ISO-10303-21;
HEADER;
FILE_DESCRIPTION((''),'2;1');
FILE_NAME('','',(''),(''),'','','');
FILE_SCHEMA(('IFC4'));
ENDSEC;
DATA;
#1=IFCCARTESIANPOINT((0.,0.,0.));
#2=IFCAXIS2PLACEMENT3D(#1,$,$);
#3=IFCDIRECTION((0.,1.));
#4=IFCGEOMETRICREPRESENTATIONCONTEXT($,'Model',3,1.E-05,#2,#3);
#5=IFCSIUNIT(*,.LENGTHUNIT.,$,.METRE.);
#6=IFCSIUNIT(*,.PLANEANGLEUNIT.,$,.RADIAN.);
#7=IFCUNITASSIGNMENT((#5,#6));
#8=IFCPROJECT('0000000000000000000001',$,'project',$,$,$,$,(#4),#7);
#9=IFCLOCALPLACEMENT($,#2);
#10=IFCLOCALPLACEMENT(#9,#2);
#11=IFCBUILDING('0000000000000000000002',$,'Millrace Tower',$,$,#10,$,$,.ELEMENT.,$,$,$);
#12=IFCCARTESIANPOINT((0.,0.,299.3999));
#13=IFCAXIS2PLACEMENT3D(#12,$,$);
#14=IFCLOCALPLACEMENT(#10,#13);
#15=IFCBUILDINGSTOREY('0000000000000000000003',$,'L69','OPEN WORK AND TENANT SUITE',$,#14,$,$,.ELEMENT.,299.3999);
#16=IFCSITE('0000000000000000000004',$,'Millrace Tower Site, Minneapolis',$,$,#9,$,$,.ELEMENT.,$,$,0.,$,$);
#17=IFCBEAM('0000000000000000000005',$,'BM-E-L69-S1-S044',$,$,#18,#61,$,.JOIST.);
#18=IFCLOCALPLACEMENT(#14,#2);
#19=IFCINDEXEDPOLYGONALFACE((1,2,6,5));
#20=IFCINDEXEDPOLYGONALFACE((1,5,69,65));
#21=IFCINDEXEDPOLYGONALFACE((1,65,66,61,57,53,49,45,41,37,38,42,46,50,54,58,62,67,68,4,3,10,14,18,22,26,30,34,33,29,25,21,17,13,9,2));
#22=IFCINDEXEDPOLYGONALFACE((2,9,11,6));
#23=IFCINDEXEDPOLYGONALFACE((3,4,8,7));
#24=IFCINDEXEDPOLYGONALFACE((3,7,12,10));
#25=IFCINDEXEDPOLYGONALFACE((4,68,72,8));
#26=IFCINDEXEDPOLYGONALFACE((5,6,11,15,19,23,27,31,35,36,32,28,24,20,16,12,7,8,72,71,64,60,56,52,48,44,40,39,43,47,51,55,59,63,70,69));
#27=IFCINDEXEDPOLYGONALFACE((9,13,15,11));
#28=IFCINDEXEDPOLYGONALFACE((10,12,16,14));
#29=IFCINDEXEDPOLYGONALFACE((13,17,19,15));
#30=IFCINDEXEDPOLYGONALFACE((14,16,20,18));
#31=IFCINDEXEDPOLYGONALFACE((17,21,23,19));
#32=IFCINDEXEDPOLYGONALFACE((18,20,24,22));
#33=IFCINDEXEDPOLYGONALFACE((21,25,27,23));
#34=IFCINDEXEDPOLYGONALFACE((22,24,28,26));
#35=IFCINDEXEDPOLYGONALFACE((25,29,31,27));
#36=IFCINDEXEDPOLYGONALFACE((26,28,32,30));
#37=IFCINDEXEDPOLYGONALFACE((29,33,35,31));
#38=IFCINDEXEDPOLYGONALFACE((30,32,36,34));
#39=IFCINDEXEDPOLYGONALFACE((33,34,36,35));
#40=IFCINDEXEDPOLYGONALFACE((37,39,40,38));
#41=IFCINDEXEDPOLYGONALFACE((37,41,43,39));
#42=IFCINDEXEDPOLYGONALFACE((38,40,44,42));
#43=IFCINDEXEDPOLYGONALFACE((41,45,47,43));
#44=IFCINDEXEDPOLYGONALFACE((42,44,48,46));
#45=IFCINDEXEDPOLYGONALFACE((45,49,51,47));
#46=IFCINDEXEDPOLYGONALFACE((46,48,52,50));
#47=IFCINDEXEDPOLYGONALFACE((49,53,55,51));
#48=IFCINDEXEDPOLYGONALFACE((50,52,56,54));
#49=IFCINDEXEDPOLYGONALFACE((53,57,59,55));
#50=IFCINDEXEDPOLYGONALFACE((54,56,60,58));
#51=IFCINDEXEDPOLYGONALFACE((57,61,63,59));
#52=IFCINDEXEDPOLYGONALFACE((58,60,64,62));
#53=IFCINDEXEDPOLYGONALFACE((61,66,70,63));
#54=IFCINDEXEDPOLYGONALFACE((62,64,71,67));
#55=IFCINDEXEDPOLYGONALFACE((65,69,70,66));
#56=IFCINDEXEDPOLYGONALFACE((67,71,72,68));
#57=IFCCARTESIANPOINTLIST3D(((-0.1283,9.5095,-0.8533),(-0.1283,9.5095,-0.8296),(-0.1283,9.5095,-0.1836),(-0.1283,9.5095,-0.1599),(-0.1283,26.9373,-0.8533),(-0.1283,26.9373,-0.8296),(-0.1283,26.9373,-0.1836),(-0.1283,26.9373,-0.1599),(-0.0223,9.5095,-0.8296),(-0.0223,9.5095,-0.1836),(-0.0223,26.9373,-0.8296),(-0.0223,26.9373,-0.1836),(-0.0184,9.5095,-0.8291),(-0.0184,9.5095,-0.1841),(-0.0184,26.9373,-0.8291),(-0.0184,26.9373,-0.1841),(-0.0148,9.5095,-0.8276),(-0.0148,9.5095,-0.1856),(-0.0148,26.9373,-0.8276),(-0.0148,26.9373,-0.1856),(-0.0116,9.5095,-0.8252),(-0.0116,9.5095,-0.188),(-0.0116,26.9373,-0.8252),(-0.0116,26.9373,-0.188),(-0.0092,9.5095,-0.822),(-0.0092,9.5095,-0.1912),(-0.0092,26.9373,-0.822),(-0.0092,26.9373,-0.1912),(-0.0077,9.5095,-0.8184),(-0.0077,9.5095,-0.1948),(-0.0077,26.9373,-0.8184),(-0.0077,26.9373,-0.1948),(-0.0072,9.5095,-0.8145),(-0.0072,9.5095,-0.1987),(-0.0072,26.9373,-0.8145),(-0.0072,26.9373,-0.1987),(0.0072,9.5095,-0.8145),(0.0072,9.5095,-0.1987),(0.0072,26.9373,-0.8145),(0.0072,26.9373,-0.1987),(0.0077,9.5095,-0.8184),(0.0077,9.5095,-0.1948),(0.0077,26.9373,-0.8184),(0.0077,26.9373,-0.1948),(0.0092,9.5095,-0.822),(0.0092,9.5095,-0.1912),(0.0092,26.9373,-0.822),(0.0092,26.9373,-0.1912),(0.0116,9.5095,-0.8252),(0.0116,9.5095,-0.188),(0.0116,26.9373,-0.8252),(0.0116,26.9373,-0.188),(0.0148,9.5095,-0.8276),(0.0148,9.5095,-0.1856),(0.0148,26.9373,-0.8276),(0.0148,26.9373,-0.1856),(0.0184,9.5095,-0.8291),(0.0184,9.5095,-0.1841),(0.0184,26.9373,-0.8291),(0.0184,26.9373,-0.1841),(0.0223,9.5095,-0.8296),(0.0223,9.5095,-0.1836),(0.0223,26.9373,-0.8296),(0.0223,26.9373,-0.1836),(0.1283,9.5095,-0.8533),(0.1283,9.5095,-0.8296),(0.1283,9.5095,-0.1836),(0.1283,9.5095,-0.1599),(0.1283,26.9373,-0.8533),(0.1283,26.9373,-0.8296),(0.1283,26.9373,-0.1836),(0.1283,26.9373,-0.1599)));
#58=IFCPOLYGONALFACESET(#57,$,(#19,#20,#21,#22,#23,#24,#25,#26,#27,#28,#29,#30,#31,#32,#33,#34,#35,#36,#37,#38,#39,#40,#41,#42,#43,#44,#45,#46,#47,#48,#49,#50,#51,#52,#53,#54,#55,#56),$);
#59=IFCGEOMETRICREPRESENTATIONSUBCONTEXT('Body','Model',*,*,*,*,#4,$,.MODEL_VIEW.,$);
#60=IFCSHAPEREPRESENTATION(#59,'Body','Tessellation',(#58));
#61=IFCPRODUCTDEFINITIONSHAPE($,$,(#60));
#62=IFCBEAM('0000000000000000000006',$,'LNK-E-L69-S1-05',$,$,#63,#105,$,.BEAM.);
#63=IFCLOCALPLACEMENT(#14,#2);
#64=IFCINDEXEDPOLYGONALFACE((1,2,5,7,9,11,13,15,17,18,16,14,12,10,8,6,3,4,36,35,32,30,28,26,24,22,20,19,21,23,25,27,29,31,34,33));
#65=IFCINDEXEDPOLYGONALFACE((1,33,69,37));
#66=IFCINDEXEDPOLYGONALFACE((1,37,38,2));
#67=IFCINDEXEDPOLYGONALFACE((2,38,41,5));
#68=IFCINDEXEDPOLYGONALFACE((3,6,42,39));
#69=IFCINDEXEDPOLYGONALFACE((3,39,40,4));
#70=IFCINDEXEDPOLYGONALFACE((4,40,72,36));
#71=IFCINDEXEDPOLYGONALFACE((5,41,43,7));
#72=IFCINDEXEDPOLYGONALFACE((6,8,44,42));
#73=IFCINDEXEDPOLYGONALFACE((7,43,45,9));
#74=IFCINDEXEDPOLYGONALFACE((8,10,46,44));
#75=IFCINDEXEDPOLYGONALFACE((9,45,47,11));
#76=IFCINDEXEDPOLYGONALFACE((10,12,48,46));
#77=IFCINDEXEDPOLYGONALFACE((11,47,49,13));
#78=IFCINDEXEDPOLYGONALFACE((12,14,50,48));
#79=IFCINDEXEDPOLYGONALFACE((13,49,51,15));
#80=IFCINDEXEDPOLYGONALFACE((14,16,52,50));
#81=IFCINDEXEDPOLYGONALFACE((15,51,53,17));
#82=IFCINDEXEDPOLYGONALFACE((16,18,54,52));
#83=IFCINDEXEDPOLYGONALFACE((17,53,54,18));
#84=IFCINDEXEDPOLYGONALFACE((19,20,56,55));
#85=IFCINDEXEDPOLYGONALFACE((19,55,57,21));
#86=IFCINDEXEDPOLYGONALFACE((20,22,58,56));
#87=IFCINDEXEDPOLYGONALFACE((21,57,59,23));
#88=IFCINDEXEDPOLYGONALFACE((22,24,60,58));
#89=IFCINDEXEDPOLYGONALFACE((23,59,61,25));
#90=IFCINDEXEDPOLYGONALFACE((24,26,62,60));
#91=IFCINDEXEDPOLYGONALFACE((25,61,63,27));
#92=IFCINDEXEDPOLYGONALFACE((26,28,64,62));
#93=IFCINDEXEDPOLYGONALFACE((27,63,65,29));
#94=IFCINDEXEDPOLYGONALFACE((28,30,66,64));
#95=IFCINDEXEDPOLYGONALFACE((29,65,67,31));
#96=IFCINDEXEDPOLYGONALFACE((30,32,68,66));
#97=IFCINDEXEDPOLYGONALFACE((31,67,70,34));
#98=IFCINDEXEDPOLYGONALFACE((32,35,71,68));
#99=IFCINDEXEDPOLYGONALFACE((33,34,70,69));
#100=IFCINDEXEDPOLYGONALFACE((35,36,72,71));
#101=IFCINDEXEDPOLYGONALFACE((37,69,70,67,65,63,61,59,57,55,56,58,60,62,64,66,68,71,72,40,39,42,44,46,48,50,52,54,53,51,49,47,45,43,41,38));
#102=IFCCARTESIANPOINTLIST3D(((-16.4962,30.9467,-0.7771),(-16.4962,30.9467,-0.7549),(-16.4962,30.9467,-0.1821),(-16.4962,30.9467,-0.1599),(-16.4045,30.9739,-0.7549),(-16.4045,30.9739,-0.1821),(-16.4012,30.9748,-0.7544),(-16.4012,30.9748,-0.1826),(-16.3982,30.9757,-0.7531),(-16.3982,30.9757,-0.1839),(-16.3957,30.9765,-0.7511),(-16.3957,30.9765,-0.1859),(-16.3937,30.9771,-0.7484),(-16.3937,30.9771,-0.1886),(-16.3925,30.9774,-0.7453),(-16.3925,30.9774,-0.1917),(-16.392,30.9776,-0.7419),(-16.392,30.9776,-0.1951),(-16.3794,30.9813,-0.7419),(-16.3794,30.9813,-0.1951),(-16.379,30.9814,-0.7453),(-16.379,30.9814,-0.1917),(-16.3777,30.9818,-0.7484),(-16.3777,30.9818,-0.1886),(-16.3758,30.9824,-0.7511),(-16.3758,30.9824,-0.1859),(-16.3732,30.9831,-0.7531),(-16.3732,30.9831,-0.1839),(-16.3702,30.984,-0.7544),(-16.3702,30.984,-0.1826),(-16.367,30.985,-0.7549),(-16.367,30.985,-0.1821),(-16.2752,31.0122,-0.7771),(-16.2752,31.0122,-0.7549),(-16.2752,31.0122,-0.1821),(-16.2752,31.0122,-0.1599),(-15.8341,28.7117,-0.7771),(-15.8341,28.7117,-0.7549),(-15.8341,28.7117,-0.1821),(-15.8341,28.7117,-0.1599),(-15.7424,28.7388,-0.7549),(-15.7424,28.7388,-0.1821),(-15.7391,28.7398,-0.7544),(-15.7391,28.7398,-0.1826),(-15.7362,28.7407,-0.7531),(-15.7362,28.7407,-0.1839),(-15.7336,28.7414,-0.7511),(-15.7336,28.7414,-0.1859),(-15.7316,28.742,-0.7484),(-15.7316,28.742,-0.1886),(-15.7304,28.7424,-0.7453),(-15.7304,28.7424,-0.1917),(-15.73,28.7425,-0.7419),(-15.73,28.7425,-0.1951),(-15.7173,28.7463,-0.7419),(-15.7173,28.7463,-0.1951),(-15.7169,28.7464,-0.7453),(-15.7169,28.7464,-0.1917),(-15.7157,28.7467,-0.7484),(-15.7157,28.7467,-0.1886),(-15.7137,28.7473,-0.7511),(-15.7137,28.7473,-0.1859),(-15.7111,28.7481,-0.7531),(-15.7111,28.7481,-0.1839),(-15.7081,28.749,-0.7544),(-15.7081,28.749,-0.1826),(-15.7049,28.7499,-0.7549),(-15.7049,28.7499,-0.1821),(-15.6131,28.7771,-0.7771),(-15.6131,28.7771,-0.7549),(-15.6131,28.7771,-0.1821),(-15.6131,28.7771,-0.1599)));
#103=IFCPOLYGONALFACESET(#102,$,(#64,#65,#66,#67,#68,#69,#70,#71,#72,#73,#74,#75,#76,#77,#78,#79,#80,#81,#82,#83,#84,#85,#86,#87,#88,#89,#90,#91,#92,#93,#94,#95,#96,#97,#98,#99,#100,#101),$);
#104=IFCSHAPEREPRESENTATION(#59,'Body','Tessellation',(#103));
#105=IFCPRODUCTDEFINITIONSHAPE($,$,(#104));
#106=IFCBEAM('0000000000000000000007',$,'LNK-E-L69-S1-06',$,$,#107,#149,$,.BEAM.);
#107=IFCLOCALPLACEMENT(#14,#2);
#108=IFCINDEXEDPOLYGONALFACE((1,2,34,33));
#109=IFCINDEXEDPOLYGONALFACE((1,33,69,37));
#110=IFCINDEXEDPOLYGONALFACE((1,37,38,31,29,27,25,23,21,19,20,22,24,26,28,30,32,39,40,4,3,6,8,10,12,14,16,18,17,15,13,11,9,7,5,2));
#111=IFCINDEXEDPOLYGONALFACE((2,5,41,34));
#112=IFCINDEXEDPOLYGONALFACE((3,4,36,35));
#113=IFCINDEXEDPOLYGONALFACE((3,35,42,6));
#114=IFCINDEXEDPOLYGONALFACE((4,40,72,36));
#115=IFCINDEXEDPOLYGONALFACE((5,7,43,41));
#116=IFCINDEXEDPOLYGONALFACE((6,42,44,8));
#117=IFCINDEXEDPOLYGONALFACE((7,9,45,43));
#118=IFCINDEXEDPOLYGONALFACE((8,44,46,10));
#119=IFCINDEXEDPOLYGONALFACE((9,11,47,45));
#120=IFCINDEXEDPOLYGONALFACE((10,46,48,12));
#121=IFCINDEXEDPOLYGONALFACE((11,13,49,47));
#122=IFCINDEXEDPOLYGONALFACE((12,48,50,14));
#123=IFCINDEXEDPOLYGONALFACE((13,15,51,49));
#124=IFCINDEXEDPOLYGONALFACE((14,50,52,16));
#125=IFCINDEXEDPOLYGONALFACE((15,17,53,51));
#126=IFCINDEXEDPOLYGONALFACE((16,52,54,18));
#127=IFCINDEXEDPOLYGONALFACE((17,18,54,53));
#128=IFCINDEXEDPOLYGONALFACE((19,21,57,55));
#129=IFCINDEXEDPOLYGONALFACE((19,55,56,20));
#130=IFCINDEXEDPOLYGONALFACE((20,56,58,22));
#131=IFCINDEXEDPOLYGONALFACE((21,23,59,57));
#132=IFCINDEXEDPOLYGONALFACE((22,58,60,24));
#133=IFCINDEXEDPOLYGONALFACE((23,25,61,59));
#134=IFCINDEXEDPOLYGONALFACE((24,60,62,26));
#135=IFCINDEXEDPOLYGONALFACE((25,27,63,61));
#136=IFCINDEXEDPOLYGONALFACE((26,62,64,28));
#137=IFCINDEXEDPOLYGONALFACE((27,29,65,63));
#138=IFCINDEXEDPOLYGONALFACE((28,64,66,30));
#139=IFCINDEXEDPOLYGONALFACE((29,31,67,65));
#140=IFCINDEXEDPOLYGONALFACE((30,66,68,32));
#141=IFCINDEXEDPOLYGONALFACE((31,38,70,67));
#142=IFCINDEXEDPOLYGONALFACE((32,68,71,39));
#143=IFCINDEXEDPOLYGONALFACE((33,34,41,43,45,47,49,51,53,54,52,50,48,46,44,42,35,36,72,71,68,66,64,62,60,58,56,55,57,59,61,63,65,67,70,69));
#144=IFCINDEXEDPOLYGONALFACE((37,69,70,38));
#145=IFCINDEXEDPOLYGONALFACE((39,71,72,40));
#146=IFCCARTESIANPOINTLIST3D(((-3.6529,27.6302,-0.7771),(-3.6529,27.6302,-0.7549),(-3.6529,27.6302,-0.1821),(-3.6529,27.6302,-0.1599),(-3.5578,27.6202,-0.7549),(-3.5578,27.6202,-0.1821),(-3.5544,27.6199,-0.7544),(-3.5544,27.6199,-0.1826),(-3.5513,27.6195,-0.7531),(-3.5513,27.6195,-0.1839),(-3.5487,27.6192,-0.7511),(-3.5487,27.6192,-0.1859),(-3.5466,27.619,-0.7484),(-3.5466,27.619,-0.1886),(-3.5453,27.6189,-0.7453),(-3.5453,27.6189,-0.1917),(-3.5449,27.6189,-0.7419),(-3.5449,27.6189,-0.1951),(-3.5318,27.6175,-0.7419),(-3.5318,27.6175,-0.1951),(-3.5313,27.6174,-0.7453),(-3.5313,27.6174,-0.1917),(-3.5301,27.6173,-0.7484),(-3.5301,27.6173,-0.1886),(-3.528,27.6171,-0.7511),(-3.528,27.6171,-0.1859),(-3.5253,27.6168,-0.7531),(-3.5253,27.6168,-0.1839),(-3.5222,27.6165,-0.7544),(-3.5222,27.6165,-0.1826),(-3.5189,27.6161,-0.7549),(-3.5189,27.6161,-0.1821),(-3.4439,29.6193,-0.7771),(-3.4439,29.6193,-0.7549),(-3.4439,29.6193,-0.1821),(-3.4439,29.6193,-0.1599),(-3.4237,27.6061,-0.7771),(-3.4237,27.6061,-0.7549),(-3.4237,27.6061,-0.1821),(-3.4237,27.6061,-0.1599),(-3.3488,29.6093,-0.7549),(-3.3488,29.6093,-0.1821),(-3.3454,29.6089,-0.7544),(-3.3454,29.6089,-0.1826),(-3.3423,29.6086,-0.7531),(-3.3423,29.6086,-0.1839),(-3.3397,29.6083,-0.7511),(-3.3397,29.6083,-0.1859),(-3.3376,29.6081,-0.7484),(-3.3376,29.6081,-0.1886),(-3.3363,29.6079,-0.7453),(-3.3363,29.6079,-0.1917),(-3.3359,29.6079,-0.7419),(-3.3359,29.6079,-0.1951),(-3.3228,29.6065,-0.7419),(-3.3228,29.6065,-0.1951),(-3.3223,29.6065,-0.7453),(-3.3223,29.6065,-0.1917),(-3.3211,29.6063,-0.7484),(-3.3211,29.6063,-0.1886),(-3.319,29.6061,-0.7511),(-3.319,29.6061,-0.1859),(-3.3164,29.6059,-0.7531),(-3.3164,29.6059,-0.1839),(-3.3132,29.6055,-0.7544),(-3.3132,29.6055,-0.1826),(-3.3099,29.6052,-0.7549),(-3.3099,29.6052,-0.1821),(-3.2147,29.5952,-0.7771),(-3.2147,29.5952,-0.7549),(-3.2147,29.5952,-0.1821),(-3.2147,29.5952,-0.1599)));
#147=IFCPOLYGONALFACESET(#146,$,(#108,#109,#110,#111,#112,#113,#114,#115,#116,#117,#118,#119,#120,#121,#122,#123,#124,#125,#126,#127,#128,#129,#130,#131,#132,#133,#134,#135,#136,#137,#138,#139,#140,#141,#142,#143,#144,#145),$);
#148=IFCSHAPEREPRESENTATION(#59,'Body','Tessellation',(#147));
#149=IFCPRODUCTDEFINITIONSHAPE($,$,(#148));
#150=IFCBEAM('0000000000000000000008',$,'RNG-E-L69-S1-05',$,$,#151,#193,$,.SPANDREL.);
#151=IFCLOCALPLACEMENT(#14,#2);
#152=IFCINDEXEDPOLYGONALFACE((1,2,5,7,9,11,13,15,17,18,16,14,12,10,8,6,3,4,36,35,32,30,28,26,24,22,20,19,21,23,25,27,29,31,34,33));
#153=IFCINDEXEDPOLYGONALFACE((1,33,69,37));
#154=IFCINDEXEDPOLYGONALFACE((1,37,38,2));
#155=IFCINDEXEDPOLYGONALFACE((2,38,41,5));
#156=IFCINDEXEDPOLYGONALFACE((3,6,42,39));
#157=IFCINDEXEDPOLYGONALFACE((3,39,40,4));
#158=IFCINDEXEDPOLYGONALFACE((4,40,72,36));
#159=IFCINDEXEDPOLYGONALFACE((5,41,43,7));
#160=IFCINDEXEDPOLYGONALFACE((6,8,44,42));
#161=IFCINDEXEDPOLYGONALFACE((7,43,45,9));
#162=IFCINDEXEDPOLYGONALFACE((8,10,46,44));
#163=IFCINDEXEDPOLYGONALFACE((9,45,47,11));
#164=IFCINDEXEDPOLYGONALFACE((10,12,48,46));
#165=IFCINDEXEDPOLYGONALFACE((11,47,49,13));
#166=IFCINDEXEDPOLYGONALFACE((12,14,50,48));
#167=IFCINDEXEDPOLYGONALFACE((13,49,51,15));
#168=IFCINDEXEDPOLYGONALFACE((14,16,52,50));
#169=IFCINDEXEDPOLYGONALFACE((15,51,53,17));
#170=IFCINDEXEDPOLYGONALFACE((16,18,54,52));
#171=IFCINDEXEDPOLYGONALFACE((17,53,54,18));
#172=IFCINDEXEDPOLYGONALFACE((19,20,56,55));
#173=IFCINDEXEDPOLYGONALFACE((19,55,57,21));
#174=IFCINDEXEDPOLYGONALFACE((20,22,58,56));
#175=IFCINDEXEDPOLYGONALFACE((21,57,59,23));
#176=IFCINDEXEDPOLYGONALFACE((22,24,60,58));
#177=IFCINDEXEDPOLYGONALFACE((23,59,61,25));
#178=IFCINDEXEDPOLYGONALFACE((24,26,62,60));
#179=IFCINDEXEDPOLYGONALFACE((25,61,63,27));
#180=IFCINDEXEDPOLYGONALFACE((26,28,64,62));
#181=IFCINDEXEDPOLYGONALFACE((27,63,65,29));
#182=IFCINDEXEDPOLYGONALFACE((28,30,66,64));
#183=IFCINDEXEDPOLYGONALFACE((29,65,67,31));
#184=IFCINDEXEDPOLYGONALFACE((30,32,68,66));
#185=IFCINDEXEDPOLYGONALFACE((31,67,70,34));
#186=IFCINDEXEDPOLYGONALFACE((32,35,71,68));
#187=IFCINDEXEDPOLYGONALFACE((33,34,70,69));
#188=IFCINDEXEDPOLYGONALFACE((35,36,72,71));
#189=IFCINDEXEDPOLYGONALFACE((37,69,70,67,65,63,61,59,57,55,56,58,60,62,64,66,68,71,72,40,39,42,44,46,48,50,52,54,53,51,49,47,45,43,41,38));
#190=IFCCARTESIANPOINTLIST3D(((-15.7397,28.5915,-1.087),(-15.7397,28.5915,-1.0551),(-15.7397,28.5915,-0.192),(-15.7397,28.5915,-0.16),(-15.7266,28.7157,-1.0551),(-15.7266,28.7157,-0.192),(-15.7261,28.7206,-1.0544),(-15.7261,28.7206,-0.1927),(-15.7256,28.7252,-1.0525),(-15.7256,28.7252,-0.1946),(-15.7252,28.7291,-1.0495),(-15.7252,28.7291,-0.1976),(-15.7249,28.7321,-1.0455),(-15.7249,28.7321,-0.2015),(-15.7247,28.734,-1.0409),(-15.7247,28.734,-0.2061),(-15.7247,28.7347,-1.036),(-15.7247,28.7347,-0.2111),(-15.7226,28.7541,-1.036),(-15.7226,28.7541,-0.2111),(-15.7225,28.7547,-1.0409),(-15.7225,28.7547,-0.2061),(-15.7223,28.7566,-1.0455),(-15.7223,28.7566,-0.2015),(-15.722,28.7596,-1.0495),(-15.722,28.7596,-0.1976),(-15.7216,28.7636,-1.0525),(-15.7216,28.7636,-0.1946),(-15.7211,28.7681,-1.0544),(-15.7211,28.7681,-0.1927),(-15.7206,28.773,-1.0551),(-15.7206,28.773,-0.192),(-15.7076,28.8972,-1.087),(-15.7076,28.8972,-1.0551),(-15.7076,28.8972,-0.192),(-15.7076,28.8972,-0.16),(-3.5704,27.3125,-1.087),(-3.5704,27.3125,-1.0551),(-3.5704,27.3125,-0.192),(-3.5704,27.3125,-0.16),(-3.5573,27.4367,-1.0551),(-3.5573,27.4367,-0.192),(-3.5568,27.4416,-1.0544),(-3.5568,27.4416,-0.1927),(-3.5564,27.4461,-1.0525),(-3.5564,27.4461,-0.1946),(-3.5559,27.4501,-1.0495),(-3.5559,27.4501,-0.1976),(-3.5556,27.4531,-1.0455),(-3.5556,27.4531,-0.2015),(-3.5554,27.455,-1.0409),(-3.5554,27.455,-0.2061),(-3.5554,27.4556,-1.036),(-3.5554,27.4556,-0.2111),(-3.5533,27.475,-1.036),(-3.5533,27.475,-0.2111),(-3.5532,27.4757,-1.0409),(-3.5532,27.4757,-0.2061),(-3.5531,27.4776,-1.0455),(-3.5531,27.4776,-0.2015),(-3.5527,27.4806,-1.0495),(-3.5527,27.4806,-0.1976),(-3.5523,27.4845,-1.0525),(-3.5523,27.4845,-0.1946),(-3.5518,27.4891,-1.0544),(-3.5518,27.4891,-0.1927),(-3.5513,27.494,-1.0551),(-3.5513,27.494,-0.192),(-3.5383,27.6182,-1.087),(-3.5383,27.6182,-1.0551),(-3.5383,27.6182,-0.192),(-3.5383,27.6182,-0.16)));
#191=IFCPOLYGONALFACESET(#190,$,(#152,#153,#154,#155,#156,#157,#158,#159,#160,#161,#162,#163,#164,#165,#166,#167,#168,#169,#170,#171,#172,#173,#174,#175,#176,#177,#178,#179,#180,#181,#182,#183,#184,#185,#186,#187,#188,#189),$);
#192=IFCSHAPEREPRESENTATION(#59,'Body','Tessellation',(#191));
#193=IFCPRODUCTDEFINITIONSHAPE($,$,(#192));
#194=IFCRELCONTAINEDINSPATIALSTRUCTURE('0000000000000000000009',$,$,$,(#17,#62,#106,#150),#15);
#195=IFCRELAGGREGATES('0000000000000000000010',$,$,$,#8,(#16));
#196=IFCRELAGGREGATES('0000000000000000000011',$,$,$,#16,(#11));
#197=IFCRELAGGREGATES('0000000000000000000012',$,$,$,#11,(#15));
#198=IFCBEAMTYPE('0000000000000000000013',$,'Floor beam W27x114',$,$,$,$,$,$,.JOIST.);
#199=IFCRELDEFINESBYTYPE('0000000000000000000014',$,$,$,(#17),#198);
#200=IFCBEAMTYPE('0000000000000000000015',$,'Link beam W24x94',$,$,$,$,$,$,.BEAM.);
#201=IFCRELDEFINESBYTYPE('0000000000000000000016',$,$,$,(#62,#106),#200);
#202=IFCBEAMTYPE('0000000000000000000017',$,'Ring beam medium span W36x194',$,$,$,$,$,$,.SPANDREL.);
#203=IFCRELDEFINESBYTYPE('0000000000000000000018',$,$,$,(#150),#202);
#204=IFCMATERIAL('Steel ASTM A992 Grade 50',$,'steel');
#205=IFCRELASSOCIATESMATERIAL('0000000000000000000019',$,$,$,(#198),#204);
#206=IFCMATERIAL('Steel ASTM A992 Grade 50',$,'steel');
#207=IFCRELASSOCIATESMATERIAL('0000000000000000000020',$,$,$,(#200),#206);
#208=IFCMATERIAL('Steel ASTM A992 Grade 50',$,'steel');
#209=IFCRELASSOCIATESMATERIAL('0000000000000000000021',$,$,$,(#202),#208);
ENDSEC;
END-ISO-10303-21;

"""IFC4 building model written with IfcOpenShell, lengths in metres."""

from ifc_helpers import new_model, si_unit, direction, frame, origin, origin_2d, place, context, subcontext, project, spatial, i_section, extrude, material, material_profile, profile_set, type_object, element, save


model = new_model("IFC4")

# Units and contexts
model_context = context("Model", 3, precision=1e-05, world=origin(), true_north=direction((0.0, 1.0)))
body_context = subcontext(model_context, "Body", "Model", "MODEL_VIEW")
ifc_project = project(units=[si_unit("LENGTHUNIT", "METRE"), si_unit("PLANEANGLEUNIT", "RADIAN")], contexts=[model_context])

# Site, building, storey
site_placement = place(None, origin())
site = spatial("IfcSite", under=ifc_project, at=site_placement, Name="Millrace Tower Site, Minneapolis", CompositionType="ELEMENT", RefElevation=0.0)
building_placement = place(site_placement, origin())
building = spatial("IfcBuilding", under=site, at=building_placement, Name="Millrace Tower", CompositionType="ELEMENT")
storey_placement = place(building_placement, frame((0.0, 0.0, 299.3999)))
storey = spatial("IfcBuildingStorey", under=building, at=storey_placement, Name="L69", Description="OPEN WORK AND TENANT SUITE", CompositionType="ELEMENT", Elevation=299.3999)

# Beams
ifc_material_1 = material(Name="Steel ASTM A992 Grade 50", Category="steel")
ifc_material_profile_1 = material_profile(ifc_material_1, i_section(OverallWidth=0.2566, OverallDepth=0.6934, WebThickness=0.0144, FlangeThickness=0.0237, FilletRadius=0.0151, at=origin_2d()))
ifc_profile_set_1 = profile_set([ifc_material_profile_1], Name="Steel ASTM A992 Grade 50")
beam_type_1 = type_object("IfcBeamType", Name="Floor beam W27x114", PredefinedType="JOIST", material=ifc_profile_set_1)
beam_1_placement = place(storey_placement, frame((0.0, 9.5095, -0.5066), z_axis=(0.0, 1.0, 0.0), x_axis=(-1.0, 0.0, 0.0)))
element("IfcBeam", 1, at=beam_1_placement, inside=storey, type_object=beam_type_1, Name="BM-E-L69-S1-S044", PredefinedType="JOIST", context=body_context, shape_type="SweptSolid", body=[
    extrude(i_section(OverallWidth=0.2566, OverallDepth=0.6934, WebThickness=0.0144, FlangeThickness=0.0237, FilletRadius=0.0151, at=origin_2d()), origin(), (0.0, 0.0, 1.0), 17.4277),
])
ifc_material_2 = material(Name="Steel ASTM A992 Grade 50", Category="steel")
ifc_material_profile_2 = material_profile(ifc_material_2, i_section(OverallWidth=0.2305, OverallDepth=0.6172, WebThickness=0.0132, FlangeThickness=0.0222, FilletRadius=0.0129, at=origin_2d()))
ifc_profile_set_2 = profile_set([ifc_material_profile_2], Name="Steel ASTM A992 Grade 50")
beam_type_2 = type_object("IfcBeamType", Name="Link beam W24x94", PredefinedType="BEAM", material=ifc_profile_set_2)
beam_2_placement = place(storey_placement, frame((-15.7236, 28.7444, -0.4685), z_axis=(-0.284031, 0.958815, 0.0), x_axis=(-0.958815, -0.284031, 0.0)))
element("IfcBeam", 2, at=beam_2_placement, inside=storey, type_object=beam_type_2, Name="LNK-E-L69-S1-05", PredefinedType="BEAM", context=body_context, shape_type="SweptSolid", body=[
    extrude(i_section(OverallWidth=0.2305, OverallDepth=0.6172, WebThickness=0.0132, FlangeThickness=0.0222, FilletRadius=0.0129, at=origin_2d()), origin(), (0.0, 0.0, 1.0), 2.3311),
])
beam_3_placement = place(storey_placement, frame((-3.5383, 27.6182, -0.4685), z_axis=(0.104494, 0.994526, 0.0), x_axis=(-0.994526, 0.104494, 0.0)))
element("IfcBeam", 3, at=beam_3_placement, inside=storey, type_object=beam_type_2, Name="LNK-E-L69-S1-06", PredefinedType="BEAM", context=body_context, shape_type="SweptSolid", body=[
    extrude(i_section(OverallWidth=0.2305, OverallDepth=0.6172, WebThickness=0.0132, FlangeThickness=0.0222, FilletRadius=0.0129, at=origin_2d()), origin(), (0.0, 0.0, 1.0), 2.0),
])
ifc_material_3 = material(Name="Steel ASTM A992 Grade 50", Category="steel")
ifc_material_profile_3 = material_profile(ifc_material_3, i_section(OverallWidth=0.3074, OverallDepth=0.927, WebThickness=0.0195, FlangeThickness=0.032, FilletRadius=0.019, at=origin_2d()))
ifc_profile_set_3 = profile_set([ifc_material_profile_3], Name="Steel ASTM A992 Grade 50")
beam_type_3 = type_object("IfcBeamType", Name="Ring beam medium span W36x194", PredefinedType="SPANDREL", material=ifc_profile_set_3)
beam_4_placement = place(storey_placement, frame((-15.7236, 28.7444, -0.6235), z_axis=(0.994522, -0.10453, 0.0), x_axis=(0.10453, 0.994522, 0.0)))
element("IfcBeam", 4, at=beam_4_placement, inside=storey, type_object=beam_type_3, Name="RNG-E-L69-S1-05", PredefinedType="SPANDREL", context=body_context, shape_type="SweptSolid", body=[
    extrude(i_section(OverallWidth=0.3074, OverallDepth=0.927, WebThickness=0.0195, FlangeThickness=0.032, FilletRadius=0.019, at=origin_2d()), origin(), (0.0, 0.0, 1.0), 12.2363),
])

save(model, "model.ifc")
